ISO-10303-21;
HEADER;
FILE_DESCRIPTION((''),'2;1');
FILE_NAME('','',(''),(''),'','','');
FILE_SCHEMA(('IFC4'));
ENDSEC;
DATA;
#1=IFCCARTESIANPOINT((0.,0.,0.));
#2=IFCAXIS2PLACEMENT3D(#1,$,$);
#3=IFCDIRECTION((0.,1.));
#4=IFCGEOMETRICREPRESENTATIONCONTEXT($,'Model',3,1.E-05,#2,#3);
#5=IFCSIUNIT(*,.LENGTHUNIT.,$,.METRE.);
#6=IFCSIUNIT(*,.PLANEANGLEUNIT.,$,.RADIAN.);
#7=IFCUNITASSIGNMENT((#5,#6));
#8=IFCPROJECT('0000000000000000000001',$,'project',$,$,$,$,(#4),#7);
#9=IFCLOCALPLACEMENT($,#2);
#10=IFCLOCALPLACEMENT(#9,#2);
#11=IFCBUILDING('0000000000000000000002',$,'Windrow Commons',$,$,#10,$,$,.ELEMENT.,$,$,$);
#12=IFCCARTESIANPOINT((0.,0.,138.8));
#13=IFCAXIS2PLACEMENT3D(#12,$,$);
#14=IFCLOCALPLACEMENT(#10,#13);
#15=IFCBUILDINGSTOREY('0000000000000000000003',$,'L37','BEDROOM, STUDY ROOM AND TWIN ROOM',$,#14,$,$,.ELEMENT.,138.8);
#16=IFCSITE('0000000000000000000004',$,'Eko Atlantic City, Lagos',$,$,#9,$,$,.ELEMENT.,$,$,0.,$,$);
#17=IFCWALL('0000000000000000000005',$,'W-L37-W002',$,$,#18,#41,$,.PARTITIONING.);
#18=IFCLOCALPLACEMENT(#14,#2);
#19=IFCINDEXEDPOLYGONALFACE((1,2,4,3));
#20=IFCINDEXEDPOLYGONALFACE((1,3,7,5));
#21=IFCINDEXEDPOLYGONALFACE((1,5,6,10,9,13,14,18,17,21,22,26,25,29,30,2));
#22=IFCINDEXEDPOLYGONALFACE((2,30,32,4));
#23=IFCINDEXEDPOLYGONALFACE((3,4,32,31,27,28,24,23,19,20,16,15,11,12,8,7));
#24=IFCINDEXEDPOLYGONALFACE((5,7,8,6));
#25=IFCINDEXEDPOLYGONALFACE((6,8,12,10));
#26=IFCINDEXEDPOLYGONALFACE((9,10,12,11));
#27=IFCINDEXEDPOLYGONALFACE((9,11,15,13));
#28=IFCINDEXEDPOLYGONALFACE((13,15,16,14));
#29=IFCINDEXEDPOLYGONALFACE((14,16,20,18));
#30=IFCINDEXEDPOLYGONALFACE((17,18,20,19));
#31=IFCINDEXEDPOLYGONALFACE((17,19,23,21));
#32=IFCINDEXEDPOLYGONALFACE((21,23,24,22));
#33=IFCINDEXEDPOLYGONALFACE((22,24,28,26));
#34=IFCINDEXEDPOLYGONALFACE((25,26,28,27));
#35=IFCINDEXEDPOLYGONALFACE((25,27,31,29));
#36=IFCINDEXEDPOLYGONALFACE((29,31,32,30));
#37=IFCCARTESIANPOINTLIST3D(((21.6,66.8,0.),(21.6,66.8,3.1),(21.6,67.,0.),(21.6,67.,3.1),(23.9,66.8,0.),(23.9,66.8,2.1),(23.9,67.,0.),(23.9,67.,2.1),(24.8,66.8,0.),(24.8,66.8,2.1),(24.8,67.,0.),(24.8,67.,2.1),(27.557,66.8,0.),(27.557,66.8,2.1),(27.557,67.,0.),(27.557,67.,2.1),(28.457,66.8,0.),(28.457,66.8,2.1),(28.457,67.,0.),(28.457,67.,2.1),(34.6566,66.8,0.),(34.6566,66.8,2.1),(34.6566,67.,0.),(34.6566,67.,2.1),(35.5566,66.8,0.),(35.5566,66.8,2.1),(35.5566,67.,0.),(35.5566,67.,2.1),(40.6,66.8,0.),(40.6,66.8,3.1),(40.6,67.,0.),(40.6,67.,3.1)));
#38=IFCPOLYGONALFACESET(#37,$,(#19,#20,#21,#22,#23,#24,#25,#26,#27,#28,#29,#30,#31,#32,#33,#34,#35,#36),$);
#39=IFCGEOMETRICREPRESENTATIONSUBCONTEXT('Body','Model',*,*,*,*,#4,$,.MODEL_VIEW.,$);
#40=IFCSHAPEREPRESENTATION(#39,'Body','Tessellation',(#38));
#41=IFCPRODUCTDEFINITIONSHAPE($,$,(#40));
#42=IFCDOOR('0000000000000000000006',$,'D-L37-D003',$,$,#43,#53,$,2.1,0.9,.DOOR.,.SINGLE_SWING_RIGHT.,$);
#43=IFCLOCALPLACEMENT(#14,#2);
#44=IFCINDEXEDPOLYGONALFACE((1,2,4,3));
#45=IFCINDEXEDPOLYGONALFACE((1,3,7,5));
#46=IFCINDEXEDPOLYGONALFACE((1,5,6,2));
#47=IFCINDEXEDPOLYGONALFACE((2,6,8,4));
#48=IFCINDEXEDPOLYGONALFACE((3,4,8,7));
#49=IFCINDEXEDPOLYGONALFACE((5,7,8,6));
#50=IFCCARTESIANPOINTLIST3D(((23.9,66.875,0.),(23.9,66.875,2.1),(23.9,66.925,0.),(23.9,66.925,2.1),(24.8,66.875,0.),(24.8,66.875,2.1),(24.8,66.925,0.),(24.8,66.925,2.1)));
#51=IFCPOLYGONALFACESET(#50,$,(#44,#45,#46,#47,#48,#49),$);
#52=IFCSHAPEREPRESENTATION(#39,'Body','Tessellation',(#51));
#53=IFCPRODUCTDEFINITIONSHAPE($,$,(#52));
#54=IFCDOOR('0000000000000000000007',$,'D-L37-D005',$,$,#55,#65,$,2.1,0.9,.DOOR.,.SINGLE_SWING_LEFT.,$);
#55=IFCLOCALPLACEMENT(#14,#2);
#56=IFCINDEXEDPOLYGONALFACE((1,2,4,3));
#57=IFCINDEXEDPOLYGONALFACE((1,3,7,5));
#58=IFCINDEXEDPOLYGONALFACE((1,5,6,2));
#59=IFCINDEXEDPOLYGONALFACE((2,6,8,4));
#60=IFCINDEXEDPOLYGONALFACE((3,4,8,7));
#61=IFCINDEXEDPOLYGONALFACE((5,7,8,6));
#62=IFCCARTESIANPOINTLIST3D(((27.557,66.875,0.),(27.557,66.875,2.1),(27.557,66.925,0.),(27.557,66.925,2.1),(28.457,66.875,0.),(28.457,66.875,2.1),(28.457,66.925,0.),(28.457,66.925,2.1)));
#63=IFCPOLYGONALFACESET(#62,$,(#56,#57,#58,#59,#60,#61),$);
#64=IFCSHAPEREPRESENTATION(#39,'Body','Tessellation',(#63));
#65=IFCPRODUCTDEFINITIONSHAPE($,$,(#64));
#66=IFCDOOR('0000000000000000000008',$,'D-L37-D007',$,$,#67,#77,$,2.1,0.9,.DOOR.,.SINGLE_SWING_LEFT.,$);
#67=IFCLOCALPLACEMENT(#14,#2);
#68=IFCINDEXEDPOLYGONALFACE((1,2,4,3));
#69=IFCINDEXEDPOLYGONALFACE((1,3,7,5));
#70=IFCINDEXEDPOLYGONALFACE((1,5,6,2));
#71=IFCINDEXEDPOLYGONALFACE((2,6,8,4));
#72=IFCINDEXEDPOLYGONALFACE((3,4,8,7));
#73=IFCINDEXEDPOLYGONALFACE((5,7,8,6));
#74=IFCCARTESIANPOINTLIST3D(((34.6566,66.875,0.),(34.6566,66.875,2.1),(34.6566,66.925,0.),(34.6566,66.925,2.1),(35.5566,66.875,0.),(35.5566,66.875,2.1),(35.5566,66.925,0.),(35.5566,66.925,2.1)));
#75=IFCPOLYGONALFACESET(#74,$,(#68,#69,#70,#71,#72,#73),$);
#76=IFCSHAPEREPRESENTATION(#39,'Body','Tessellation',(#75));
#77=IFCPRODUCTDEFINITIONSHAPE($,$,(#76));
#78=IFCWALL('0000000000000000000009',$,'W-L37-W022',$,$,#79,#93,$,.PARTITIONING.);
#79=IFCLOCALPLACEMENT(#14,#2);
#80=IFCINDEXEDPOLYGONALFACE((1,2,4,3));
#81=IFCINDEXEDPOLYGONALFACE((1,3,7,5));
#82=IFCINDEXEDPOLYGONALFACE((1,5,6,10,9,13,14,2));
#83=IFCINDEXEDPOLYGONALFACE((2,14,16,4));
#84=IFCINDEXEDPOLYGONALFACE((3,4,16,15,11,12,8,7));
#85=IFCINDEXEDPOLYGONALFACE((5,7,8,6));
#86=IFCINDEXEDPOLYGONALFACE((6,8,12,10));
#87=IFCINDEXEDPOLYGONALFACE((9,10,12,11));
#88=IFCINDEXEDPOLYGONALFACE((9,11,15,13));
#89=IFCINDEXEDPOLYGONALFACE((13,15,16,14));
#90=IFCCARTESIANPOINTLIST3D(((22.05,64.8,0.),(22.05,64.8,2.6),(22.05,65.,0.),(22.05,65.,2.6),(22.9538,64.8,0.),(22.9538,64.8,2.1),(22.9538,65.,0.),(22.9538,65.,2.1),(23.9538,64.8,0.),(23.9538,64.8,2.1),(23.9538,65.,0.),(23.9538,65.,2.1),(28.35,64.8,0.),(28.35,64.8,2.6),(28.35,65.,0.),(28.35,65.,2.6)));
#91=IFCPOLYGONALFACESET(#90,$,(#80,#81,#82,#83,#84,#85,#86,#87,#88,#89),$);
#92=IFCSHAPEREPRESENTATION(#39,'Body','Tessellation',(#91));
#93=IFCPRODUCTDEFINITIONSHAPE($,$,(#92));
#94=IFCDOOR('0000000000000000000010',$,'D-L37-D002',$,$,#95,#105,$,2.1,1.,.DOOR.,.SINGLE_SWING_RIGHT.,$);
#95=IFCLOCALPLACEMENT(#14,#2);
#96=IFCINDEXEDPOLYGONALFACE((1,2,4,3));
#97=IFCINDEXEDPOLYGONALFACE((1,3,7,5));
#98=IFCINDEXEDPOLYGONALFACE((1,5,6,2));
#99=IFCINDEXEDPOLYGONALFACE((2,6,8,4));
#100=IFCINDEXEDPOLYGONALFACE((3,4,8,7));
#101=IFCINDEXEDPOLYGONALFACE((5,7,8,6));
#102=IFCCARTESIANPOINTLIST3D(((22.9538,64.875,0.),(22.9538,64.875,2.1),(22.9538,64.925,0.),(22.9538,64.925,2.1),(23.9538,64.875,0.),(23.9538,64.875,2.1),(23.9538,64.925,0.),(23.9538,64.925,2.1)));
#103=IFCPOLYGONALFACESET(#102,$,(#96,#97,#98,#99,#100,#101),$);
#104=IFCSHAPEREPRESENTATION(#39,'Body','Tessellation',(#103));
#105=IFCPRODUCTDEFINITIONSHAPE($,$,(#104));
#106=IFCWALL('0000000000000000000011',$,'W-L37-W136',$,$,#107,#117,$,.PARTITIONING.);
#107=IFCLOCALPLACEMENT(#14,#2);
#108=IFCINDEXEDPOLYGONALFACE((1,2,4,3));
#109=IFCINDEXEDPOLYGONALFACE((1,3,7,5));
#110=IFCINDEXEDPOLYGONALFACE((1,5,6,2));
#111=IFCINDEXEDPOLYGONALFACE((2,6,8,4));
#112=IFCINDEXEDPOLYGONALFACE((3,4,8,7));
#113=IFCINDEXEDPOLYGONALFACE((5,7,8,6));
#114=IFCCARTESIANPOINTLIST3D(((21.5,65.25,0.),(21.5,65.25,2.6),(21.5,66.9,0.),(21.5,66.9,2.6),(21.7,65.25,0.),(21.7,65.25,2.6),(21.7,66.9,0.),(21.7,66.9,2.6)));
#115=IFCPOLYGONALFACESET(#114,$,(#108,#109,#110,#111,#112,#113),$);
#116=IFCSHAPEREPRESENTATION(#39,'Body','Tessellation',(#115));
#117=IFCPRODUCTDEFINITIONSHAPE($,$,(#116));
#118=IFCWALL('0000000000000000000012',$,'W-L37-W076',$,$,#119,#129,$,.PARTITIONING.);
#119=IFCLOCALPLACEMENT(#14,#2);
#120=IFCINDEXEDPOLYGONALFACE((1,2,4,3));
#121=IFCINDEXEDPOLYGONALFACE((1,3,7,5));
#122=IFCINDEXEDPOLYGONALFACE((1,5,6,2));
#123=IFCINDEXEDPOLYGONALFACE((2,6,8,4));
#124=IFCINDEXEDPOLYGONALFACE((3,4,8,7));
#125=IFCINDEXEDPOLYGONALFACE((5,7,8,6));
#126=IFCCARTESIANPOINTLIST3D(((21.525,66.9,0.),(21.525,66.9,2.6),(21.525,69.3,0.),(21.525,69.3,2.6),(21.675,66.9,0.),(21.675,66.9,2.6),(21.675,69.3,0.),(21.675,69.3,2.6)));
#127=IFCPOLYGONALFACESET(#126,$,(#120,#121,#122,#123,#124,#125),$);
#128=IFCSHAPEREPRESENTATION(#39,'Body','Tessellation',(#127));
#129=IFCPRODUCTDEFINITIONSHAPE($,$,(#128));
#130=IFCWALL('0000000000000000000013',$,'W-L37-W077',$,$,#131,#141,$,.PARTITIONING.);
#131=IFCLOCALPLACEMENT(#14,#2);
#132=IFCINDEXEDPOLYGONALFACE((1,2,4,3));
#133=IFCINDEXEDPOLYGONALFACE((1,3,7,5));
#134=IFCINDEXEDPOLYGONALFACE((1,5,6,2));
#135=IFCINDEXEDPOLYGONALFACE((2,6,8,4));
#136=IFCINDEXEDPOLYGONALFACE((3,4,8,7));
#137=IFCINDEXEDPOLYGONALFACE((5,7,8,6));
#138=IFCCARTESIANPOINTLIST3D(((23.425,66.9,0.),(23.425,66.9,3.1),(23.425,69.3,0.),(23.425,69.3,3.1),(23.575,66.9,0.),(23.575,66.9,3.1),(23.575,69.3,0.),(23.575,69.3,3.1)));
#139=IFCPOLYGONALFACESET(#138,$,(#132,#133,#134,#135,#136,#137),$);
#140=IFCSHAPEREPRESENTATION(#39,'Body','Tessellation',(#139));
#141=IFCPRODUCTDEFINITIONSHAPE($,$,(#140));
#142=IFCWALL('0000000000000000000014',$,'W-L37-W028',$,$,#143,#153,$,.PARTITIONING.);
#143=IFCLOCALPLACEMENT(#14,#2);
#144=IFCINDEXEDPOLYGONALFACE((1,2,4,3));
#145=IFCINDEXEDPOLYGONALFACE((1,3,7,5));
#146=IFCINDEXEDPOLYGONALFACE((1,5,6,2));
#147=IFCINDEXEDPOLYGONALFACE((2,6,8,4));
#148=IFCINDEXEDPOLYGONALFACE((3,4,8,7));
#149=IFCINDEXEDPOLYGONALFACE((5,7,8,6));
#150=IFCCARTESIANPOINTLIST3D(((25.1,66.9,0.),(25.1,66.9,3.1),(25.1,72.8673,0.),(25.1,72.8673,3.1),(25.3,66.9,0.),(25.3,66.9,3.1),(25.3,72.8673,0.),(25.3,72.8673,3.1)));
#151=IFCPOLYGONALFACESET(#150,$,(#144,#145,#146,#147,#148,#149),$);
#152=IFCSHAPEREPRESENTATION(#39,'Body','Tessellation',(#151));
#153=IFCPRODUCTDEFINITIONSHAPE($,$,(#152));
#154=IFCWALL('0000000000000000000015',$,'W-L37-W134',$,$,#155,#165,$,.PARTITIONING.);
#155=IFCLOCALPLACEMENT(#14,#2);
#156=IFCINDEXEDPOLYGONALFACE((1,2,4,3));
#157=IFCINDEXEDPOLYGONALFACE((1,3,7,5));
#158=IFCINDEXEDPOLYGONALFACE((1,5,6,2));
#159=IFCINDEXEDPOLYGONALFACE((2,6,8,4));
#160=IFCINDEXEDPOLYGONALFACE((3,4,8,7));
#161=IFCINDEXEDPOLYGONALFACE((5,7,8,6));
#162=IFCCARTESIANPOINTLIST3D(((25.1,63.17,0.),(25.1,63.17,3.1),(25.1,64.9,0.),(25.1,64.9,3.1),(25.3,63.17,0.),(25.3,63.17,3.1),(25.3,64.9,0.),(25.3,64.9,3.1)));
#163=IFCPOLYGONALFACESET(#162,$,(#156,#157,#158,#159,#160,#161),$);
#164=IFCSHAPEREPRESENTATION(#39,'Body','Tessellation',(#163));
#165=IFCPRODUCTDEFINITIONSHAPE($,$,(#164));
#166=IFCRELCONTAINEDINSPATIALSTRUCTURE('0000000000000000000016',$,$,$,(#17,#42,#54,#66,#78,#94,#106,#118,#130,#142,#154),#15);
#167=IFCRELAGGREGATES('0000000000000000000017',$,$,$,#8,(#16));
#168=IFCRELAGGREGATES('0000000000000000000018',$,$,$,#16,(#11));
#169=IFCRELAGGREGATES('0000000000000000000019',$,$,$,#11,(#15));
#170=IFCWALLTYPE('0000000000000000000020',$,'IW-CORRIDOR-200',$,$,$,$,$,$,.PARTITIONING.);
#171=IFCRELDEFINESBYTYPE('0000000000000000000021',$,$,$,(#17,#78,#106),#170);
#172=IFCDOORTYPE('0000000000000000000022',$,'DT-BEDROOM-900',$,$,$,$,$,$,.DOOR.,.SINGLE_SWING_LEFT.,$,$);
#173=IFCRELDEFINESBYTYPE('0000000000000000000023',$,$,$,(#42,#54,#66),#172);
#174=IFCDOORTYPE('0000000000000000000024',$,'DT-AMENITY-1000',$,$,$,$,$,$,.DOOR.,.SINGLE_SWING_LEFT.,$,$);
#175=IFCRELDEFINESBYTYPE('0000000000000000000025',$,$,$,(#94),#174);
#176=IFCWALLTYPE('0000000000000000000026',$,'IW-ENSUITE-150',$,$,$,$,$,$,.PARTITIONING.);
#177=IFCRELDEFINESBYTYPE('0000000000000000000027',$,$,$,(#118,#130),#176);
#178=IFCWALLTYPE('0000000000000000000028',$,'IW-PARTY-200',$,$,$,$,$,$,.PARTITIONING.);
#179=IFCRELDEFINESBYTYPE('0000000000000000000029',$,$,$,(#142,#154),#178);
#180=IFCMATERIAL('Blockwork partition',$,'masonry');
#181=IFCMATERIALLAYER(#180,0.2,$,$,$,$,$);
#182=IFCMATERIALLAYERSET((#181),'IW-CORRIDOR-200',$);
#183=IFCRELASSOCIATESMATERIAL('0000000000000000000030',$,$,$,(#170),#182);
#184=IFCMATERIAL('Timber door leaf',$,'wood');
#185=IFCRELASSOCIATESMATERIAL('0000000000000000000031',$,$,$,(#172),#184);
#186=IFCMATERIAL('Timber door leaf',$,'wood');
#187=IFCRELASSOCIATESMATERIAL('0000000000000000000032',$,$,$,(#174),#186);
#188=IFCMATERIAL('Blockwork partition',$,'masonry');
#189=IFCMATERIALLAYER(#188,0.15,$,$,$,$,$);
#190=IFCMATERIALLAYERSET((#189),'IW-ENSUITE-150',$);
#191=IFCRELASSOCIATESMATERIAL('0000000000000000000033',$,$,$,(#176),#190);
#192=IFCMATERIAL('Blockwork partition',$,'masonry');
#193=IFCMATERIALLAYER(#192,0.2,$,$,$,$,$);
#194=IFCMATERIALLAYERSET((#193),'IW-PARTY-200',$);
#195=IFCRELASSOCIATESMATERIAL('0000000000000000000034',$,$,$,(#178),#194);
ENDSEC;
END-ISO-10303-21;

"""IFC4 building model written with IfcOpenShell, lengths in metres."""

from ifc_helpers import new_model, si_unit, direction, frame, frame_2d, origin, place, context, subcontext, project, spatial, rectangle, extrude, material, layer, layer_set, type_object, element, fill, save


model = new_model("IFC4")

# Units and contexts
model_context = context("Model", 3, precision=1e-05, world=origin(), true_north=direction((0.0, 1.0)))
body_context = subcontext(model_context, "Body", "Model", "MODEL_VIEW")
ifc_project = project(units=[si_unit("LENGTHUNIT", "METRE"), si_unit("PLANEANGLEUNIT", "RADIAN")], contexts=[model_context])

# Site, building, storey
site_placement = place(None, origin())
site = spatial("IfcSite", under=ifc_project, at=site_placement, Name="Eko Atlantic City, Lagos", CompositionType="ELEMENT", RefElevation=0.0)
building_placement = place(site_placement, origin())
building = spatial("IfcBuilding", under=site, at=building_placement, Name="Windrow Commons", CompositionType="ELEMENT")
storey_placement = place(building_placement, frame((0.0, 0.0, 138.8)))
storey = spatial("IfcBuildingStorey", under=building, at=storey_placement, Name="L37", Description="BEDROOM, STUDY ROOM AND TWIN ROOM", CompositionType="ELEMENT", Elevation=138.8)

# Wall, openings, doors
ifc_material_1 = material(Name="Blockwork partition", Category="masonry")
ifc_layer_1 = layer(ifc_material_1, 0.2)
ifc_layer_set_1 = layer_set([ifc_layer_1], Name="IW-CORRIDOR-200")
wall_type_1 = type_object("IfcWallType", Name="IW-CORRIDOR-200", PredefinedType="PARTITIONING", material=ifc_layer_set_1)
wall_1_placement = place(storey_placement, frame((21.6, 66.9, 0.0), z_axis=(0.0, 0.0, 1.0), x_axis=(1.0, 0.0, 0.0)))
wall_1 = element("IfcWall", 1, at=wall_1_placement, inside=storey, type_object=wall_type_1, Name="W-L37-W002", PredefinedType="PARTITIONING", context=body_context, shape_type="SweptSolid", body=[
    extrude(rectangle(XDim=19.0, YDim=0.2, at=frame_2d((9.5, 0.0))), origin(), (0.0, 0.0, 1.0), 3.1),
])
opening_1_placement = place(wall_1_placement, frame((2.3, 0.0, 0.0)))
opening_1 = element("IfcOpeningElement", 2, at=opening_1_placement, cuts=wall_1, PredefinedType="OPENING", context=body_context, shape_type="SweptSolid", body=[
    extrude(rectangle(XDim=0.9, YDim=2.1, at=frame_2d((0.45, 1.05))), frame((0.0, 0.11, 0.0), z_axis=(0.0, -1.0, 0.0), x_axis=(1.0, 0.0, 0.0)), (0.0, 0.0, 1.0), 0.22),
])
opening_2_placement = place(wall_1_placement, frame((5.957, 0.0, 0.0)))
opening_2 = element("IfcOpeningElement", 3, at=opening_2_placement, cuts=wall_1, PredefinedType="OPENING", context=body_context, shape_type="SweptSolid", body=[
    extrude(rectangle(XDim=0.9, YDim=2.1, at=frame_2d((0.45, 1.05))), frame((0.0, 0.11, 0.0), z_axis=(0.0, -1.0, 0.0), x_axis=(1.0, 0.0, 0.0)), (0.0, 0.0, 1.0), 0.22),
])
opening_3_placement = place(wall_1_placement, frame((13.0566, 0.0, 0.0)))
opening_3 = element("IfcOpeningElement", 4, at=opening_3_placement, cuts=wall_1, PredefinedType="OPENING", context=body_context, shape_type="SweptSolid", body=[
    extrude(rectangle(XDim=0.9, YDim=2.1, at=frame_2d((0.45, 1.05))), frame((0.0, 0.11, 0.0), z_axis=(0.0, -1.0, 0.0), x_axis=(1.0, 0.0, 0.0)), (0.0, 0.0, 1.0), 0.22),
])
ifc_material_2 = material(Name="Timber door leaf", Category="wood")
door_type_1 = type_object("IfcDoorType", Name="DT-BEDROOM-900", OperationType="SINGLE_SWING_LEFT", PredefinedType="DOOR", material=ifc_material_2)
door_1_placement = place(opening_1_placement, origin())
door_1 = element("IfcDoor", 5, at=door_1_placement, inside=storey, type_object=door_type_1, Name="D-L37-D003", OperationType="SINGLE_SWING_RIGHT", OverallHeight=2.1, OverallWidth=0.9, PredefinedType="DOOR", context=body_context, shape_type="SweptSolid", body=[
    extrude(rectangle(XDim=0.9, YDim=2.1, at=frame_2d((0.45, 1.05))), frame((0.0, 0.025, 0.0), z_axis=(0.0, -1.0, 0.0), x_axis=(1.0, 0.0, 0.0)), (0.0, 0.0, 1.0), 0.05),
])
fill(opening_1, door_1)
door_2_placement = place(opening_2_placement, origin())
door_2 = element("IfcDoor", 6, at=door_2_placement, inside=storey, type_object=door_type_1, Name="D-L37-D005", OperationType="SINGLE_SWING_LEFT", OverallHeight=2.1, OverallWidth=0.9, PredefinedType="DOOR", context=body_context, shape_type="SweptSolid", body=[
    extrude(rectangle(XDim=0.9, YDim=2.1, at=frame_2d((0.45, 1.05))), frame((0.0, 0.025, 0.0), z_axis=(0.0, -1.0, 0.0), x_axis=(1.0, 0.0, 0.0)), (0.0, 0.0, 1.0), 0.05),
])
fill(opening_2, door_2)
door_3_placement = place(opening_3_placement, origin())
door_3 = element("IfcDoor", 7, at=door_3_placement, inside=storey, type_object=door_type_1, Name="D-L37-D007", OperationType="SINGLE_SWING_LEFT", OverallHeight=2.1, OverallWidth=0.9, PredefinedType="DOOR", context=body_context, shape_type="SweptSolid", body=[
    extrude(rectangle(XDim=0.9, YDim=2.1, at=frame_2d((0.45, 1.05))), frame((0.0, 0.025, 0.0), z_axis=(0.0, -1.0, 0.0), x_axis=(1.0, 0.0, 0.0)), (0.0, 0.0, 1.0), 0.05),
])
fill(opening_3, door_3)

# Wall, opening, door
wall_2_placement = place(storey_placement, frame((22.05, 64.9, 0.0), z_axis=(0.0, 0.0, 1.0), x_axis=(1.0, 0.0, 0.0)))
wall_2 = element("IfcWall", 8, at=wall_2_placement, inside=storey, type_object=wall_type_1, Name="W-L37-W022", PredefinedType="PARTITIONING", context=body_context, shape_type="SweptSolid", body=[
    extrude(rectangle(XDim=6.3, YDim=0.2, at=frame_2d((3.15, 0.0))), origin(), (0.0, 0.0, 1.0), 2.6),
])
opening_4_placement = place(wall_2_placement, frame((0.9038, 0.0, 0.0)))
opening_4 = element("IfcOpeningElement", 9, at=opening_4_placement, cuts=wall_2, PredefinedType="OPENING", context=body_context, shape_type="SweptSolid", body=[
    extrude(rectangle(XDim=1.0, YDim=2.1, at=frame_2d((0.5, 1.05))), frame((0.0, 0.11, 0.0), z_axis=(0.0, -1.0, 0.0), x_axis=(1.0, 0.0, 0.0)), (0.0, 0.0, 1.0), 0.22),
])
ifc_material_3 = material(Name="Timber door leaf", Category="wood")
door_type_2 = type_object("IfcDoorType", Name="DT-AMENITY-1000", OperationType="SINGLE_SWING_LEFT", PredefinedType="DOOR", material=ifc_material_3)
door_4_placement = place(opening_4_placement, origin())
door_4 = element("IfcDoor", 10, at=door_4_placement, inside=storey, type_object=door_type_2, Name="D-L37-D002", OperationType="SINGLE_SWING_RIGHT", OverallHeight=2.1, OverallWidth=1.0, PredefinedType="DOOR", context=body_context, shape_type="SweptSolid", body=[
    extrude(rectangle(XDim=1.0, YDim=2.1, at=frame_2d((0.5, 1.05))), frame((0.0, 0.025, 0.0), z_axis=(0.0, -1.0, 0.0), x_axis=(1.0, 0.0, 0.0)), (0.0, 0.0, 1.0), 0.05),
])
fill(opening_4, door_4)

# Walls
wall_3_placement = place(storey_placement, frame((21.6, 65.25, 0.0), z_axis=(0.0, 0.0, 1.0), x_axis=(0.0, 1.0, 0.0)))
element("IfcWall", 11, at=wall_3_placement, inside=storey, type_object=wall_type_1, Name="W-L37-W136", PredefinedType="PARTITIONING", context=body_context, shape_type="SweptSolid", body=[
    extrude(rectangle(XDim=1.65, YDim=0.2, at=frame_2d((0.825, 0.0))), origin(), (0.0, 0.0, 1.0), 2.6),
])
ifc_material_4 = material(Name="Blockwork partition", Category="masonry")
ifc_layer_2 = layer(ifc_material_4, 0.15)
ifc_layer_set_2 = layer_set([ifc_layer_2], Name="IW-ENSUITE-150")
wall_type_2 = type_object("IfcWallType", Name="IW-ENSUITE-150", PredefinedType="PARTITIONING", material=ifc_layer_set_2)
wall_4_placement = place(storey_placement, frame((21.6, 66.9, 0.0), z_axis=(0.0, 0.0, 1.0), x_axis=(0.0, 1.0, 0.0)))
element("IfcWall", 12, at=wall_4_placement, inside=storey, type_object=wall_type_2, Name="W-L37-W076", PredefinedType="PARTITIONING", context=body_context, shape_type="SweptSolid", body=[
    extrude(rectangle(XDim=2.4, YDim=0.15, at=frame_2d((1.2, 0.0))), origin(), (0.0, 0.0, 1.0), 2.6),
])
wall_5_placement = place(storey_placement, frame((23.5, 66.9, 0.0), z_axis=(0.0, 0.0, 1.0), x_axis=(0.0, 1.0, 0.0)))
element("IfcWall", 13, at=wall_5_placement, inside=storey, type_object=wall_type_2, Name="W-L37-W077", PredefinedType="PARTITIONING", context=body_context, shape_type="SweptSolid", body=[
    extrude(rectangle(XDim=2.4, YDim=0.15, at=frame_2d((1.2, 0.0))), origin(), (0.0, 0.0, 1.0), 3.1),
])
ifc_material_5 = material(Name="Blockwork partition", Category="masonry")
ifc_layer_3 = layer(ifc_material_5, 0.2)
ifc_layer_set_3 = layer_set([ifc_layer_3], Name="IW-PARTY-200")
wall_type_3 = type_object("IfcWallType", Name="IW-PARTY-200", PredefinedType="PARTITIONING", material=ifc_layer_set_3)
wall_6_placement = place(storey_placement, frame((25.2, 66.9, 0.0), z_axis=(0.0, 0.0, 1.0), x_axis=(0.0, 1.0, 0.0)))
element("IfcWall", 14, at=wall_6_placement, inside=storey, type_object=wall_type_3, Name="W-L37-W028", PredefinedType="PARTITIONING", context=body_context, shape_type="SweptSolid", body=[
    extrude(rectangle(XDim=5.9673, YDim=0.2, at=frame_2d((2.9836, 0.0))), origin(), (0.0, 0.0, 1.0), 3.1),
])
wall_7_placement = place(storey_placement, frame((25.2, 63.17, 0.0), z_axis=(0.0, 0.0, 1.0), x_axis=(0.0, 1.0, 0.0)))
element("IfcWall", 15, at=wall_7_placement, inside=storey, type_object=wall_type_3, Name="W-L37-W134", PredefinedType="PARTITIONING", context=body_context, shape_type="SweptSolid", body=[
    extrude(rectangle(XDim=1.73, YDim=0.2, at=frame_2d((0.865, 0.0))), origin(), (0.0, 0.0, 1.0), 3.1),
])

save(model, "model.ifc")
